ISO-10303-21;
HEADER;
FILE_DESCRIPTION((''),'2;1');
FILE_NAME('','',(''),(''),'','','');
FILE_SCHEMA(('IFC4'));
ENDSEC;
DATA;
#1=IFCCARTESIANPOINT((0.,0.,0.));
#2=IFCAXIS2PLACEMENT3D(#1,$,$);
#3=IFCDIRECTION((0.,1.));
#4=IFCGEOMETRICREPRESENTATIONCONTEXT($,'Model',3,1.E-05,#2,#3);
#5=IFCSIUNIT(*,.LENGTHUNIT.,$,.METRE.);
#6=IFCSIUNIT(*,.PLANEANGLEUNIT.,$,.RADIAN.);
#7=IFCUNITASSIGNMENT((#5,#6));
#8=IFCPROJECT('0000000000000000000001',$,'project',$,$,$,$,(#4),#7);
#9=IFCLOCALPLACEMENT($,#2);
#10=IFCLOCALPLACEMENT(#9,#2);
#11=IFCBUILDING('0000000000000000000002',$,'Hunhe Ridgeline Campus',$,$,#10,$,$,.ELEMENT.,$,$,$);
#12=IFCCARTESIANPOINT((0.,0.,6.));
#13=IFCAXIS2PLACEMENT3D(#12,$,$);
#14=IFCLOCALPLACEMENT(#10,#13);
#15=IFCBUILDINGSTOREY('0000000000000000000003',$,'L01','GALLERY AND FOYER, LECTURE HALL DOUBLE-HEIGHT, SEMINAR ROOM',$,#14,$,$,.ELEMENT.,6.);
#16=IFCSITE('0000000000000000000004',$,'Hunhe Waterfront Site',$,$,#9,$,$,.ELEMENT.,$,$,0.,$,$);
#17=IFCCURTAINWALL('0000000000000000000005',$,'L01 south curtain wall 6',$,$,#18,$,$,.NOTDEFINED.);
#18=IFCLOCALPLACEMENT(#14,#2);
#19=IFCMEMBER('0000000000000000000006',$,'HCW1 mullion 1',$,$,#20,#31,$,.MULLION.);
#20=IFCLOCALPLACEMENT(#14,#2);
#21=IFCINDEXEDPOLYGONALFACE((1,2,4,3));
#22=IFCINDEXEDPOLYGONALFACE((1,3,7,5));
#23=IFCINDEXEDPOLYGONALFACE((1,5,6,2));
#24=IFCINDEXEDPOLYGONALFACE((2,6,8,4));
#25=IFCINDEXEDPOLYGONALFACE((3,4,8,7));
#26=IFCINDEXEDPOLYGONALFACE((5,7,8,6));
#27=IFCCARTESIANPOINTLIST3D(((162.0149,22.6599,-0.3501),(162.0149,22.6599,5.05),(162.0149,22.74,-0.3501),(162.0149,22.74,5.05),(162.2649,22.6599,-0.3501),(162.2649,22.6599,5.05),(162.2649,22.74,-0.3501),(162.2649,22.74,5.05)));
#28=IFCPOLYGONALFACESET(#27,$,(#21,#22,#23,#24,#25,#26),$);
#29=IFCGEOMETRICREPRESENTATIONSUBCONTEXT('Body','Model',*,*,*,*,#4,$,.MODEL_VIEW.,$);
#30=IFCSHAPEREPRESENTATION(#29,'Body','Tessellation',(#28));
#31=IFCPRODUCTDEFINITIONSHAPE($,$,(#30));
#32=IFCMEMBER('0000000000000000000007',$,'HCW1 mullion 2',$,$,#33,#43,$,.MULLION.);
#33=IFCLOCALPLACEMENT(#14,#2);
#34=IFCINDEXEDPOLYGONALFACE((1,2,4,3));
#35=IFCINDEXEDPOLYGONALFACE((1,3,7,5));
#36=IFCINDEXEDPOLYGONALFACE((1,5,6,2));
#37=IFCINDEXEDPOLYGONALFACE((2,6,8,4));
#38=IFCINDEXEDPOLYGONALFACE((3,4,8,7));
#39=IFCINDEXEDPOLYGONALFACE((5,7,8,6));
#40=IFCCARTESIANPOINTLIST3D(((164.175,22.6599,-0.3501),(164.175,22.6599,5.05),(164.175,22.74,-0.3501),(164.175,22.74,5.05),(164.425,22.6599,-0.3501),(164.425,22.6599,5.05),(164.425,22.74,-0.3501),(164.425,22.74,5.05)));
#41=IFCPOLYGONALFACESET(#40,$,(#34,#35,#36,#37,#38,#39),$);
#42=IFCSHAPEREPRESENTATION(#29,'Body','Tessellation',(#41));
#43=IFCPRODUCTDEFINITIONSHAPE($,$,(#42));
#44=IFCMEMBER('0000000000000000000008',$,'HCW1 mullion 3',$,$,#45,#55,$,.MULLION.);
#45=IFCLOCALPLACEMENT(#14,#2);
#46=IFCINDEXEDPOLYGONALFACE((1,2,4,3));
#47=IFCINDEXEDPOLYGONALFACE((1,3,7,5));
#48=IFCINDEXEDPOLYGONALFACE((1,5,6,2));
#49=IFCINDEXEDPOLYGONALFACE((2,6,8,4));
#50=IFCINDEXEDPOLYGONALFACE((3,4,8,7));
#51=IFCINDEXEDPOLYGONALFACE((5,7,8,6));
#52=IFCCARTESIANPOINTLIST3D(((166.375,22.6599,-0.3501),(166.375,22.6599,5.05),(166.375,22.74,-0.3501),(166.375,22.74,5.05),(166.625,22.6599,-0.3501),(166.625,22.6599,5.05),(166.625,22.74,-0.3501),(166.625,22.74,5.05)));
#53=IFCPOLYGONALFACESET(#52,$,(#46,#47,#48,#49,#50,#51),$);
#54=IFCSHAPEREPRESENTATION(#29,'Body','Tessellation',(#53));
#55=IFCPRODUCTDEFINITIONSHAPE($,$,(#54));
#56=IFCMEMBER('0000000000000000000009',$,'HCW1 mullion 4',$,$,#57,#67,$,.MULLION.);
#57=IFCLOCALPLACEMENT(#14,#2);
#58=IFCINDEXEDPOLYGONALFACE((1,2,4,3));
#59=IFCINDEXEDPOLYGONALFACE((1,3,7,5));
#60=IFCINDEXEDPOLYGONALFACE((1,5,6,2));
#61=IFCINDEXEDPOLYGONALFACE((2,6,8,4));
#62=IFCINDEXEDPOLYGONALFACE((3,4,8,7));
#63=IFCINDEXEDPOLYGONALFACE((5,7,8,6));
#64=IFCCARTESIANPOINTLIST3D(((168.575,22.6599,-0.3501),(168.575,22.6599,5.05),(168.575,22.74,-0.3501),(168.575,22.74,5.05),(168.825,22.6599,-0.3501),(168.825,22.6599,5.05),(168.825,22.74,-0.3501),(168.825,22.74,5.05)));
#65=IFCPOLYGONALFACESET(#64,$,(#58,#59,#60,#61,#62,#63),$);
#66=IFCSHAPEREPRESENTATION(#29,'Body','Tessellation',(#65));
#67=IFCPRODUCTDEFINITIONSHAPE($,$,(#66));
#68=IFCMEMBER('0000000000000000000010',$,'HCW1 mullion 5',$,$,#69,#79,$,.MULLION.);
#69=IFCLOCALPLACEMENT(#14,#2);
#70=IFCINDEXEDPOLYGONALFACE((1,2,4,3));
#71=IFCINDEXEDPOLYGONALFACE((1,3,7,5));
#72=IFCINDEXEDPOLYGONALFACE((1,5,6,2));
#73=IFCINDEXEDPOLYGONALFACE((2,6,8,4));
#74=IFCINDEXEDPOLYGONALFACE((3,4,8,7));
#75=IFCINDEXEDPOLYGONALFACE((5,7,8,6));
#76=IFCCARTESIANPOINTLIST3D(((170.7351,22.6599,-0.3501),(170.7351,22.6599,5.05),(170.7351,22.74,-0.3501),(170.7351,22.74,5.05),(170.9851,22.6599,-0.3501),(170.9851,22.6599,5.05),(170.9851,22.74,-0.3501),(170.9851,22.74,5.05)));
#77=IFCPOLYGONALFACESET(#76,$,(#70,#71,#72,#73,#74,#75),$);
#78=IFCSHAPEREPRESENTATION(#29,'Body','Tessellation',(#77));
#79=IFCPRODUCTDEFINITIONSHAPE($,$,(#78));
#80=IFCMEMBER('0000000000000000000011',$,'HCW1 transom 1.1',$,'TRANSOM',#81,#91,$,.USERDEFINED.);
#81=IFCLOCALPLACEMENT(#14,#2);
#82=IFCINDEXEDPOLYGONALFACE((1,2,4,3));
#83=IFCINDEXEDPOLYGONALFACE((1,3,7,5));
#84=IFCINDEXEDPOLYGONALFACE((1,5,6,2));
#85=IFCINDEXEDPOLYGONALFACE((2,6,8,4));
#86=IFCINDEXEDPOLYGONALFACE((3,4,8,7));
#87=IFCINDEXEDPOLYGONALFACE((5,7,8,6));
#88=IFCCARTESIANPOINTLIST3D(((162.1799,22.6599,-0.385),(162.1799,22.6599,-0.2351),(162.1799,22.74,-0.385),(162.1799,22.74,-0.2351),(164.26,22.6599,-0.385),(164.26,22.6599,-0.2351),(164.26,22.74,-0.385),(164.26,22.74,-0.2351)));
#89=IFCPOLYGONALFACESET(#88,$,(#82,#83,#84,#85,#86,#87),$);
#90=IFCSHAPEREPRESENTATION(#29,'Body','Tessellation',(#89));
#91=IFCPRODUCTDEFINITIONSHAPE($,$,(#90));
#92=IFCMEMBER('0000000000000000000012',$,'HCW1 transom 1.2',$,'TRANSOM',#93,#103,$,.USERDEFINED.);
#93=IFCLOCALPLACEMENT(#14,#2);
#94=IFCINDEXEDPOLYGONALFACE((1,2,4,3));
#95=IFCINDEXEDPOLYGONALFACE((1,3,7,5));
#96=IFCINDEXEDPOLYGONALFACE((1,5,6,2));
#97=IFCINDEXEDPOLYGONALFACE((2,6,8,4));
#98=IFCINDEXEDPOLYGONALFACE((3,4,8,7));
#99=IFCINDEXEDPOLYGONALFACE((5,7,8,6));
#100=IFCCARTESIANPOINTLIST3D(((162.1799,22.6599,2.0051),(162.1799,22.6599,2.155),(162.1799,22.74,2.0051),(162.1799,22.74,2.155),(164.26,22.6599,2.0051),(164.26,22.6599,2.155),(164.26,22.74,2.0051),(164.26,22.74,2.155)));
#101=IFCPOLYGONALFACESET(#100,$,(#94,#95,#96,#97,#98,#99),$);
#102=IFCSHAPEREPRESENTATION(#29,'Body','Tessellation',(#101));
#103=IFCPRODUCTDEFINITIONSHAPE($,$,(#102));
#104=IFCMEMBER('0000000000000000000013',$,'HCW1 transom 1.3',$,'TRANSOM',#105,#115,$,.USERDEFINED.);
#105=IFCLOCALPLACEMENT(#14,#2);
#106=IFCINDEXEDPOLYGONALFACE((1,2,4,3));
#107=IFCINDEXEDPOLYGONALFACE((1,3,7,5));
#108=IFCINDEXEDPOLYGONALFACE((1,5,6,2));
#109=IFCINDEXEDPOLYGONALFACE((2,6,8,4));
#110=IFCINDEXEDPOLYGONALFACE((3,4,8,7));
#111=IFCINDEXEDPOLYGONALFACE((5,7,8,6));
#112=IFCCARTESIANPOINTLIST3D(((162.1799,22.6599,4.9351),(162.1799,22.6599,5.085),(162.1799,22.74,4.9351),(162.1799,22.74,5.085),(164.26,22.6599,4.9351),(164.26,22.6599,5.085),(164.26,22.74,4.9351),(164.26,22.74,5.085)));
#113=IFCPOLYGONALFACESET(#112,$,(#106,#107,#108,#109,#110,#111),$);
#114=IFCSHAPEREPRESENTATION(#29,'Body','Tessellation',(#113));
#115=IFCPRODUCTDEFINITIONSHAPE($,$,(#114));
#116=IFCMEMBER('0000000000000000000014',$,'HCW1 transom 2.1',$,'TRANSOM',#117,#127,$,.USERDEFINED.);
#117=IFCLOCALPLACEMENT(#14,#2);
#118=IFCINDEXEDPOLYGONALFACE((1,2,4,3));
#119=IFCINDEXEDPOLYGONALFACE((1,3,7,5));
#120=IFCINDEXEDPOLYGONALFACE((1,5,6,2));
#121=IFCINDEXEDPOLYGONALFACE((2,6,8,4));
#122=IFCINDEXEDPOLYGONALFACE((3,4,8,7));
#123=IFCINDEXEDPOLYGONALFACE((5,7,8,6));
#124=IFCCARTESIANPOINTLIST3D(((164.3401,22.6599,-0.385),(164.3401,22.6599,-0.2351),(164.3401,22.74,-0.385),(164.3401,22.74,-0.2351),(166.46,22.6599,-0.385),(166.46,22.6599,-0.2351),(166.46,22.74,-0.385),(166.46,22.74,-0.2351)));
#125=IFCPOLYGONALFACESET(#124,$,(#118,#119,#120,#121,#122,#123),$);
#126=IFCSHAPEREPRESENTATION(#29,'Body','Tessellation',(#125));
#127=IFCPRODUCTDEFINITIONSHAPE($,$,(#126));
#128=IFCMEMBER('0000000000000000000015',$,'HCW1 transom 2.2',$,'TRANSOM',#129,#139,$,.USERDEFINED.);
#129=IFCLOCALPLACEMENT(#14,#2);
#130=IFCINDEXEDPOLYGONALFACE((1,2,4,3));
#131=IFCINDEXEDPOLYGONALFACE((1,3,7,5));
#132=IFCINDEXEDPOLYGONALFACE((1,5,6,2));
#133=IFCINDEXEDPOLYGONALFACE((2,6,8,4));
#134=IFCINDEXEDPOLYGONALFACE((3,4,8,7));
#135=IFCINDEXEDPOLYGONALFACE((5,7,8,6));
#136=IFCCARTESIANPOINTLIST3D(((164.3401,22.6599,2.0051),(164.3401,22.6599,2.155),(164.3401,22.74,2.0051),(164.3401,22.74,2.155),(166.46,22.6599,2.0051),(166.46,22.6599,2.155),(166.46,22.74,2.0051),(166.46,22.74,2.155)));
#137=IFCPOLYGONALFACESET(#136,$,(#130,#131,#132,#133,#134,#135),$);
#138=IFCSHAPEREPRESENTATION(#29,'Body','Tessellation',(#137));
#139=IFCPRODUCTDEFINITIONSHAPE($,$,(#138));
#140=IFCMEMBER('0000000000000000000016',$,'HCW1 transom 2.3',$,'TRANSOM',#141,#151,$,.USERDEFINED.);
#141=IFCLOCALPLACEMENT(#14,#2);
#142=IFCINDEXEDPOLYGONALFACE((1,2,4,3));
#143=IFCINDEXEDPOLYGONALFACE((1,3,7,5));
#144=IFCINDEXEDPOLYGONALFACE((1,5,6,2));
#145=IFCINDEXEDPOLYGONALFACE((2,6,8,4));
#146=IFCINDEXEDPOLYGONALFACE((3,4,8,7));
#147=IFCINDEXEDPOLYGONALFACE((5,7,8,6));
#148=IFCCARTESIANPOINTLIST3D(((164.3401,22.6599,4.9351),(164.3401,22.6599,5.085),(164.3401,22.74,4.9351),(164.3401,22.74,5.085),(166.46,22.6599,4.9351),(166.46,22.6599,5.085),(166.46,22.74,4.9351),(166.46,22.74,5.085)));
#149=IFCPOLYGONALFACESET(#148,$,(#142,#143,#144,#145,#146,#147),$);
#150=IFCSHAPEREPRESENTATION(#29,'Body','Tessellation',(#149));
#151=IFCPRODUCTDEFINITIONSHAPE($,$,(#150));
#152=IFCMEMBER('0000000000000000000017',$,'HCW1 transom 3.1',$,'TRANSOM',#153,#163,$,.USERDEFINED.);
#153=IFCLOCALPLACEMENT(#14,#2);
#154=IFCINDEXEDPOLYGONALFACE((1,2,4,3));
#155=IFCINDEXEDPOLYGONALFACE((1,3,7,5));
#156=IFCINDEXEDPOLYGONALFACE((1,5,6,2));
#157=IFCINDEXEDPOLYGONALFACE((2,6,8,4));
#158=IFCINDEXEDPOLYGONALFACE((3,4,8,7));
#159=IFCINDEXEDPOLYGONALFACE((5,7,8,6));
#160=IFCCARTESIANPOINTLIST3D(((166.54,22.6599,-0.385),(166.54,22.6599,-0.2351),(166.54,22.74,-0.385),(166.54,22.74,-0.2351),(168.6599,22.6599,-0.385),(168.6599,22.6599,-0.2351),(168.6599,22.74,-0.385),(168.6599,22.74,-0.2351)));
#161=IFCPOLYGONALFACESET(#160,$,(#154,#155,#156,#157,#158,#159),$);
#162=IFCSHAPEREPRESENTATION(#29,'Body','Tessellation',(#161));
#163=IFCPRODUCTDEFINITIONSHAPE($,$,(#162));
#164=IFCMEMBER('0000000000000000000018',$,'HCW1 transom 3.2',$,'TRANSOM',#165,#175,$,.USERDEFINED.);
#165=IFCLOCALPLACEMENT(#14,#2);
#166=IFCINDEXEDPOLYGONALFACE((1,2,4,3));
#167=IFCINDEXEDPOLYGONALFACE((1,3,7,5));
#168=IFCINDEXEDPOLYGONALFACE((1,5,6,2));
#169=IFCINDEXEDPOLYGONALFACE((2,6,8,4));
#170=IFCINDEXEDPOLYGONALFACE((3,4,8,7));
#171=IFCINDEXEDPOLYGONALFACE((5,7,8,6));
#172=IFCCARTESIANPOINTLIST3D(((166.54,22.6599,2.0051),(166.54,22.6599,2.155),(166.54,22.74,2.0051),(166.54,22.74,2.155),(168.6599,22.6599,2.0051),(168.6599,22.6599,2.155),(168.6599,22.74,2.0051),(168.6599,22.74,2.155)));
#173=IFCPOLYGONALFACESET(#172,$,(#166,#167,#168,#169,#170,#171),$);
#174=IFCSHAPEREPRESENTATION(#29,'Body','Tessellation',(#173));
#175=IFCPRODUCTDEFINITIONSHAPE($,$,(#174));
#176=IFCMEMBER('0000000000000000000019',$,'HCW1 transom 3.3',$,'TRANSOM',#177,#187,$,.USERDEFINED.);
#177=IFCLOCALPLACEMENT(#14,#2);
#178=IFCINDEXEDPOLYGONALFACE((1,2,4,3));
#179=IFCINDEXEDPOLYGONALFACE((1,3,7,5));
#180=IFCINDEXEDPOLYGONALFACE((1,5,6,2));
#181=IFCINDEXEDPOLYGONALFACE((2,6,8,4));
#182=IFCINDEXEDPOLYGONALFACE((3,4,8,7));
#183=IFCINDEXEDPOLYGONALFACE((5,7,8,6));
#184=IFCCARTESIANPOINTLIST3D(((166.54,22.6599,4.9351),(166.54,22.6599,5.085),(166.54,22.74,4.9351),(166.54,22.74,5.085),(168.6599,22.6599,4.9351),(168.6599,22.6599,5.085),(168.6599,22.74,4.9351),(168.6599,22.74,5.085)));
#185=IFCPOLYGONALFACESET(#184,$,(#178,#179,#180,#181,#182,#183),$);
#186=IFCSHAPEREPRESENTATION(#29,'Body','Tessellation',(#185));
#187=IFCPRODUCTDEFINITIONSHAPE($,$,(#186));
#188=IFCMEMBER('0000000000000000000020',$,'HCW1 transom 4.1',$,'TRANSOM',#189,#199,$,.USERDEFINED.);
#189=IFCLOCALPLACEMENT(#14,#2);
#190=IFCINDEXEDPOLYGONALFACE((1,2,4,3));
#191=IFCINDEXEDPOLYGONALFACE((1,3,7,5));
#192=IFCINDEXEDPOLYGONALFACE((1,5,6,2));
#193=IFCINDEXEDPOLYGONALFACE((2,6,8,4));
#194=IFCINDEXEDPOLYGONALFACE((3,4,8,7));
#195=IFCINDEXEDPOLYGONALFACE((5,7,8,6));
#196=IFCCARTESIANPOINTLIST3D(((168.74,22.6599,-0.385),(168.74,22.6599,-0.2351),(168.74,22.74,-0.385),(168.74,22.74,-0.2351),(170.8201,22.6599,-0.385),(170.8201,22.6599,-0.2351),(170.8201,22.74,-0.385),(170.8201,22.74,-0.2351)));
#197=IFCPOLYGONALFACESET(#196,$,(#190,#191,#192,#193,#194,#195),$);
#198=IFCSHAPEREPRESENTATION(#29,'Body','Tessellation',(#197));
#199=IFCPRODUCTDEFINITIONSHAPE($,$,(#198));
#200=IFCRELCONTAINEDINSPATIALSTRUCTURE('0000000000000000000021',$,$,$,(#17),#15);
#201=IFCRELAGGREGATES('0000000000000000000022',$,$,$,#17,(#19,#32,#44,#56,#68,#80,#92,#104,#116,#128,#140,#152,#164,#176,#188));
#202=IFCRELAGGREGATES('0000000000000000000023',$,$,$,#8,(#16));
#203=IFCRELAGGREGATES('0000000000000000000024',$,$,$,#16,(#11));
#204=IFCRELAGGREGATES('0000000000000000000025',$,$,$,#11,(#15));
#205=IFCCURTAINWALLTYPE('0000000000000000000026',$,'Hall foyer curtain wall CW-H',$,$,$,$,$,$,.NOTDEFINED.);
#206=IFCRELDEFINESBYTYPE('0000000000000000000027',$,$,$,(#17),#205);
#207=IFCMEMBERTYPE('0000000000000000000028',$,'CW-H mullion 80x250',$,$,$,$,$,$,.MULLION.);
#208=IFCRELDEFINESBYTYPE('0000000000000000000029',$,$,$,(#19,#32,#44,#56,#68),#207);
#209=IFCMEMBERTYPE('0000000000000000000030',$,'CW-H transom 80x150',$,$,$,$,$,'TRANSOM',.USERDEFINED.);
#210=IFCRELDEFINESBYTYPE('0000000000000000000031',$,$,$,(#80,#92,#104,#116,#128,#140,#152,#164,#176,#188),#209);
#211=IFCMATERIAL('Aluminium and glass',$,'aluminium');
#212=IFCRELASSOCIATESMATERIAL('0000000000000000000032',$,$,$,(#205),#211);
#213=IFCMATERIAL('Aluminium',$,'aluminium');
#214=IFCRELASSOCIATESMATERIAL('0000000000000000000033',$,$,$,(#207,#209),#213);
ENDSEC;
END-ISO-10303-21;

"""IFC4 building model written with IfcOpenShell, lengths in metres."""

from ifc_helpers import new_model, si_unit, direction, frame, origin, origin_2d, place, context, subcontext, project, spatial, rectangle, extrude, material, material_profile, profile_set, type_object, element, aggregate, save


model = new_model("IFC4")

# Units and contexts
model_context = context("Model", 3, precision=1e-05, world=origin(), true_north=direction((0.0, 1.0)))
body_context = subcontext(model_context, "Body", "Model", "MODEL_VIEW")
ifc_project = project(units=[si_unit("LENGTHUNIT", "METRE"), si_unit("PLANEANGLEUNIT", "RADIAN")], contexts=[model_context])

# Site, building, storey
site_placement = place(None, origin())
site = spatial("IfcSite", under=ifc_project, at=site_placement, Name="Hunhe Waterfront Site", CompositionType="ELEMENT", RefElevation=0.0)
building_placement = place(site_placement, origin())
building = spatial("IfcBuilding", under=site, at=building_placement, Name="Hunhe Ridgeline Campus", CompositionType="ELEMENT")
storey_placement = place(building_placement, frame((0.0, 0.0, 6.0)))
storey = spatial("IfcBuildingStorey", under=building, at=storey_placement, Name="L01", Description="GALLERY AND FOYER, LECTURE HALL DOUBLE-HEIGHT, SEMINAR ROOM", CompositionType="ELEMENT", Elevation=6.0)

# Curtain wall, members
ifc_material_1 = material(Name="Aluminium and glass", Category="aluminium")
curtain_wall_type = type_object("IfcCurtainWallType", Name="Hall foyer curtain wall CW-H", PredefinedType="NOTDEFINED", material=ifc_material_1)
curtain_wall_placement = place(storey_placement, origin())
curtain_wall = element("IfcCurtainWall", 1, at=curtain_wall_placement, inside=storey, type_object=curtain_wall_type, Name="L01 south curtain wall 6", PredefinedType="NOTDEFINED")
ifc_material_2 = material(Name="Aluminium", Category="aluminium")
ifc_material_profile_1 = material_profile(ifc_material_2, rectangle(XDim=0.0801, YDim=0.25, at=origin_2d()))
ifc_profile_set_1 = profile_set([ifc_material_profile_1], Name="Aluminium")
member_type_1 = type_object("IfcMemberType", Name="CW-H mullion 80x250", PredefinedType="MULLION", material=ifc_profile_set_1)
member_1_placement = place(storey_placement, frame((162.1399, 22.7, -0.3501), z_axis=(0.0, 0.0, 1.0), x_axis=(0.0, 1.0, 0.0)))
member_1 = element("IfcMember", 2, at=member_1_placement, type_object=member_type_1, Name="HCW1 mullion 1", PredefinedType="MULLION", context=body_context, shape_type="SweptSolid", body=[
    extrude(rectangle(XDim=0.0801, YDim=0.25, at=origin_2d()), origin(), (0.0, 0.0, 1.0), 5.4001),
])
member_2_placement = place(storey_placement, frame((164.3, 22.7, -0.3501), z_axis=(0.0, 0.0, 1.0), x_axis=(0.0, 1.0, 0.0)))
member_2 = element("IfcMember", 3, at=member_2_placement, type_object=member_type_1, Name="HCW1 mullion 2", PredefinedType="MULLION", context=body_context, shape_type="SweptSolid", body=[
    extrude(rectangle(XDim=0.0801, YDim=0.25, at=origin_2d()), origin(), (0.0, 0.0, 1.0), 5.4001),
])
member_3_placement = place(storey_placement, frame((166.5, 22.7, -0.3501), z_axis=(0.0, 0.0, 1.0), x_axis=(0.0, 1.0, 0.0)))
member_3 = element("IfcMember", 4, at=member_3_placement, type_object=member_type_1, Name="HCW1 mullion 3", PredefinedType="MULLION", context=body_context, shape_type="SweptSolid", body=[
    extrude(rectangle(XDim=0.0801, YDim=0.25, at=origin_2d()), origin(), (0.0, 0.0, 1.0), 5.4001),
])
member_4_placement = place(storey_placement, frame((168.7, 22.7, -0.3501), z_axis=(0.0, 0.0, 1.0), x_axis=(0.0, 1.0, 0.0)))
member_4 = element("IfcMember", 5, at=member_4_placement, type_object=member_type_1, Name="HCW1 mullion 4", PredefinedType="MULLION", context=body_context, shape_type="SweptSolid", body=[
    extrude(rectangle(XDim=0.0801, YDim=0.25, at=origin_2d()), origin(), (0.0, 0.0, 1.0), 5.4001),
])
member_5_placement = place(storey_placement, frame((170.8601, 22.7, -0.3501), z_axis=(0.0, 0.0, 1.0), x_axis=(0.0, 1.0, 0.0)))
member_5 = element("IfcMember", 6, at=member_5_placement, type_object=member_type_1, Name="HCW1 mullion 5", PredefinedType="MULLION", context=body_context, shape_type="SweptSolid", body=[
    extrude(rectangle(XDim=0.0801, YDim=0.25, at=origin_2d()), origin(), (0.0, 0.0, 1.0), 5.4001),
])
ifc_material_profile_2 = material_profile(ifc_material_2, rectangle(XDim=0.0801, YDim=0.1499, at=origin_2d()))
ifc_profile_set_2 = profile_set([ifc_material_profile_2], Name="Aluminium")
member_type_2 = type_object("IfcMemberType", Name="CW-H transom 80x150", ElementType="TRANSOM", PredefinedType="USERDEFINED", material=ifc_profile_set_2)
member_6_placement = place(storey_placement, frame((162.1799, 22.7, -0.3101), z_axis=(1.0, 0.0, 0.0), x_axis=(0.0, 1.0, 0.0)))
member_6 = element("IfcMember", 7, at=member_6_placement, type_object=member_type_2, Name="HCW1 transom 1.1", ObjectType="TRANSOM", PredefinedType="USERDEFINED", context=body_context, shape_type="SweptSolid", body=[
    extrude(rectangle(XDim=0.0801, YDim=0.1499, at=origin_2d()), origin(), (0.0, 0.0, 1.0), 2.0801),
])
member_7_placement = place(storey_placement, frame((162.1799, 22.7, 2.0801), z_axis=(1.0, 0.0, 0.0), x_axis=(0.0, 1.0, 0.0)))
member_7 = element("IfcMember", 8, at=member_7_placement, type_object=member_type_2, Name="HCW1 transom 1.2", ObjectType="TRANSOM", PredefinedType="USERDEFINED", context=body_context, shape_type="SweptSolid", body=[
    extrude(rectangle(XDim=0.0801, YDim=0.1499, at=origin_2d()), origin(), (0.0, 0.0, 1.0), 2.0801),
])
member_8_placement = place(storey_placement, frame((162.1799, 22.7, 5.01), z_axis=(1.0, 0.0, 0.0), x_axis=(0.0, 1.0, 0.0)))
member_8 = element("IfcMember", 9, at=member_8_placement, type_object=member_type_2, Name="HCW1 transom 1.3", ObjectType="TRANSOM", PredefinedType="USERDEFINED", context=body_context, shape_type="SweptSolid", body=[
    extrude(rectangle(XDim=0.0801, YDim=0.1499, at=origin_2d()), origin(), (0.0, 0.0, 1.0), 2.0801),
])
member_9_placement = place(storey_placement, frame((164.3401, 22.7, -0.3101), z_axis=(1.0, 0.0, 0.0), x_axis=(0.0, 1.0, 0.0)))
member_9 = element("IfcMember", 10, at=member_9_placement, type_object=member_type_2, Name="HCW1 transom 2.1", ObjectType="TRANSOM", PredefinedType="USERDEFINED", context=body_context, shape_type="SweptSolid", body=[
    extrude(rectangle(XDim=0.0801, YDim=0.1499, at=origin_2d()), origin(), (0.0, 0.0, 1.0), 2.1199),
])
member_10_placement = place(storey_placement, frame((164.3401, 22.7, 2.0801), z_axis=(1.0, 0.0, 0.0), x_axis=(0.0, 1.0, 0.0)))
member_10 = element("IfcMember", 11, at=member_10_placement, type_object=member_type_2, Name="HCW1 transom 2.2", ObjectType="TRANSOM", PredefinedType="USERDEFINED", context=body_context, shape_type="SweptSolid", body=[
    extrude(rectangle(XDim=0.0801, YDim=0.1499, at=origin_2d()), origin(), (0.0, 0.0, 1.0), 2.1199),
])
member_11_placement = place(storey_placement, frame((164.3401, 22.7, 5.01), z_axis=(1.0, 0.0, 0.0), x_axis=(0.0, 1.0, 0.0)))
member_11 = element("IfcMember", 12, at=member_11_placement, type_object=member_type_2, Name="HCW1 transom 2.3", ObjectType="TRANSOM", PredefinedType="USERDEFINED", context=body_context, shape_type="SweptSolid", body=[
    extrude(rectangle(XDim=0.0801, YDim=0.1499, at=origin_2d()), origin(), (0.0, 0.0, 1.0), 2.1199),
])
member_12_placement = place(storey_placement, frame((166.54, 22.7, -0.3101), z_axis=(1.0, 0.0, 0.0), x_axis=(0.0, 1.0, 0.0)))
member_12 = element("IfcMember", 13, at=member_12_placement, type_object=member_type_2, Name="HCW1 transom 3.1", ObjectType="TRANSOM", PredefinedType="USERDEFINED", context=body_context, shape_type="SweptSolid", body=[
    extrude(rectangle(XDim=0.0801, YDim=0.1499, at=origin_2d()), origin(), (0.0, 0.0, 1.0), 2.1199),
])
member_13_placement = place(storey_placement, frame((166.54, 22.7, 2.0801), z_axis=(1.0, 0.0, 0.0), x_axis=(0.0, 1.0, 0.0)))
member_13 = element("IfcMember", 14, at=member_13_placement, type_object=member_type_2, Name="HCW1 transom 3.2", ObjectType="TRANSOM", PredefinedType="USERDEFINED", context=body_context, shape_type="SweptSolid", body=[
    extrude(rectangle(XDim=0.0801, YDim=0.1499, at=origin_2d()), origin(), (0.0, 0.0, 1.0), 2.1199),
])
member_14_placement = place(storey_placement, frame((166.54, 22.7, 5.01), z_axis=(1.0, 0.0, 0.0), x_axis=(0.0, 1.0, 0.0)))
member_14 = element("IfcMember", 15, at=member_14_placement, type_object=member_type_2, Name="HCW1 transom 3.3", ObjectType="TRANSOM", PredefinedType="USERDEFINED", context=body_context, shape_type="SweptSolid", body=[
    extrude(rectangle(XDim=0.0801, YDim=0.1499, at=origin_2d()), origin(), (0.0, 0.0, 1.0), 2.1199),
])
member_15_placement = place(storey_placement, frame((168.74, 22.7, -0.3101), z_axis=(1.0, 0.0, 0.0), x_axis=(0.0, 1.0, 0.0)))
member_15 = element("IfcMember", 16, at=member_15_placement, type_object=member_type_2, Name="HCW1 transom 4.1", ObjectType="TRANSOM", PredefinedType="USERDEFINED", context=body_context, shape_type="SweptSolid", body=[
    extrude(rectangle(XDim=0.0801, YDim=0.1499, at=origin_2d()), origin(), (0.0, 0.0, 1.0), 2.0801),
])
aggregate(curtain_wall, [member_1, member_2, member_3, member_4, member_5, member_6, member_7, member_8, member_9, member_10, member_11, member_12, member_13, member_14, member_15])

save(model, "model.ifc")
